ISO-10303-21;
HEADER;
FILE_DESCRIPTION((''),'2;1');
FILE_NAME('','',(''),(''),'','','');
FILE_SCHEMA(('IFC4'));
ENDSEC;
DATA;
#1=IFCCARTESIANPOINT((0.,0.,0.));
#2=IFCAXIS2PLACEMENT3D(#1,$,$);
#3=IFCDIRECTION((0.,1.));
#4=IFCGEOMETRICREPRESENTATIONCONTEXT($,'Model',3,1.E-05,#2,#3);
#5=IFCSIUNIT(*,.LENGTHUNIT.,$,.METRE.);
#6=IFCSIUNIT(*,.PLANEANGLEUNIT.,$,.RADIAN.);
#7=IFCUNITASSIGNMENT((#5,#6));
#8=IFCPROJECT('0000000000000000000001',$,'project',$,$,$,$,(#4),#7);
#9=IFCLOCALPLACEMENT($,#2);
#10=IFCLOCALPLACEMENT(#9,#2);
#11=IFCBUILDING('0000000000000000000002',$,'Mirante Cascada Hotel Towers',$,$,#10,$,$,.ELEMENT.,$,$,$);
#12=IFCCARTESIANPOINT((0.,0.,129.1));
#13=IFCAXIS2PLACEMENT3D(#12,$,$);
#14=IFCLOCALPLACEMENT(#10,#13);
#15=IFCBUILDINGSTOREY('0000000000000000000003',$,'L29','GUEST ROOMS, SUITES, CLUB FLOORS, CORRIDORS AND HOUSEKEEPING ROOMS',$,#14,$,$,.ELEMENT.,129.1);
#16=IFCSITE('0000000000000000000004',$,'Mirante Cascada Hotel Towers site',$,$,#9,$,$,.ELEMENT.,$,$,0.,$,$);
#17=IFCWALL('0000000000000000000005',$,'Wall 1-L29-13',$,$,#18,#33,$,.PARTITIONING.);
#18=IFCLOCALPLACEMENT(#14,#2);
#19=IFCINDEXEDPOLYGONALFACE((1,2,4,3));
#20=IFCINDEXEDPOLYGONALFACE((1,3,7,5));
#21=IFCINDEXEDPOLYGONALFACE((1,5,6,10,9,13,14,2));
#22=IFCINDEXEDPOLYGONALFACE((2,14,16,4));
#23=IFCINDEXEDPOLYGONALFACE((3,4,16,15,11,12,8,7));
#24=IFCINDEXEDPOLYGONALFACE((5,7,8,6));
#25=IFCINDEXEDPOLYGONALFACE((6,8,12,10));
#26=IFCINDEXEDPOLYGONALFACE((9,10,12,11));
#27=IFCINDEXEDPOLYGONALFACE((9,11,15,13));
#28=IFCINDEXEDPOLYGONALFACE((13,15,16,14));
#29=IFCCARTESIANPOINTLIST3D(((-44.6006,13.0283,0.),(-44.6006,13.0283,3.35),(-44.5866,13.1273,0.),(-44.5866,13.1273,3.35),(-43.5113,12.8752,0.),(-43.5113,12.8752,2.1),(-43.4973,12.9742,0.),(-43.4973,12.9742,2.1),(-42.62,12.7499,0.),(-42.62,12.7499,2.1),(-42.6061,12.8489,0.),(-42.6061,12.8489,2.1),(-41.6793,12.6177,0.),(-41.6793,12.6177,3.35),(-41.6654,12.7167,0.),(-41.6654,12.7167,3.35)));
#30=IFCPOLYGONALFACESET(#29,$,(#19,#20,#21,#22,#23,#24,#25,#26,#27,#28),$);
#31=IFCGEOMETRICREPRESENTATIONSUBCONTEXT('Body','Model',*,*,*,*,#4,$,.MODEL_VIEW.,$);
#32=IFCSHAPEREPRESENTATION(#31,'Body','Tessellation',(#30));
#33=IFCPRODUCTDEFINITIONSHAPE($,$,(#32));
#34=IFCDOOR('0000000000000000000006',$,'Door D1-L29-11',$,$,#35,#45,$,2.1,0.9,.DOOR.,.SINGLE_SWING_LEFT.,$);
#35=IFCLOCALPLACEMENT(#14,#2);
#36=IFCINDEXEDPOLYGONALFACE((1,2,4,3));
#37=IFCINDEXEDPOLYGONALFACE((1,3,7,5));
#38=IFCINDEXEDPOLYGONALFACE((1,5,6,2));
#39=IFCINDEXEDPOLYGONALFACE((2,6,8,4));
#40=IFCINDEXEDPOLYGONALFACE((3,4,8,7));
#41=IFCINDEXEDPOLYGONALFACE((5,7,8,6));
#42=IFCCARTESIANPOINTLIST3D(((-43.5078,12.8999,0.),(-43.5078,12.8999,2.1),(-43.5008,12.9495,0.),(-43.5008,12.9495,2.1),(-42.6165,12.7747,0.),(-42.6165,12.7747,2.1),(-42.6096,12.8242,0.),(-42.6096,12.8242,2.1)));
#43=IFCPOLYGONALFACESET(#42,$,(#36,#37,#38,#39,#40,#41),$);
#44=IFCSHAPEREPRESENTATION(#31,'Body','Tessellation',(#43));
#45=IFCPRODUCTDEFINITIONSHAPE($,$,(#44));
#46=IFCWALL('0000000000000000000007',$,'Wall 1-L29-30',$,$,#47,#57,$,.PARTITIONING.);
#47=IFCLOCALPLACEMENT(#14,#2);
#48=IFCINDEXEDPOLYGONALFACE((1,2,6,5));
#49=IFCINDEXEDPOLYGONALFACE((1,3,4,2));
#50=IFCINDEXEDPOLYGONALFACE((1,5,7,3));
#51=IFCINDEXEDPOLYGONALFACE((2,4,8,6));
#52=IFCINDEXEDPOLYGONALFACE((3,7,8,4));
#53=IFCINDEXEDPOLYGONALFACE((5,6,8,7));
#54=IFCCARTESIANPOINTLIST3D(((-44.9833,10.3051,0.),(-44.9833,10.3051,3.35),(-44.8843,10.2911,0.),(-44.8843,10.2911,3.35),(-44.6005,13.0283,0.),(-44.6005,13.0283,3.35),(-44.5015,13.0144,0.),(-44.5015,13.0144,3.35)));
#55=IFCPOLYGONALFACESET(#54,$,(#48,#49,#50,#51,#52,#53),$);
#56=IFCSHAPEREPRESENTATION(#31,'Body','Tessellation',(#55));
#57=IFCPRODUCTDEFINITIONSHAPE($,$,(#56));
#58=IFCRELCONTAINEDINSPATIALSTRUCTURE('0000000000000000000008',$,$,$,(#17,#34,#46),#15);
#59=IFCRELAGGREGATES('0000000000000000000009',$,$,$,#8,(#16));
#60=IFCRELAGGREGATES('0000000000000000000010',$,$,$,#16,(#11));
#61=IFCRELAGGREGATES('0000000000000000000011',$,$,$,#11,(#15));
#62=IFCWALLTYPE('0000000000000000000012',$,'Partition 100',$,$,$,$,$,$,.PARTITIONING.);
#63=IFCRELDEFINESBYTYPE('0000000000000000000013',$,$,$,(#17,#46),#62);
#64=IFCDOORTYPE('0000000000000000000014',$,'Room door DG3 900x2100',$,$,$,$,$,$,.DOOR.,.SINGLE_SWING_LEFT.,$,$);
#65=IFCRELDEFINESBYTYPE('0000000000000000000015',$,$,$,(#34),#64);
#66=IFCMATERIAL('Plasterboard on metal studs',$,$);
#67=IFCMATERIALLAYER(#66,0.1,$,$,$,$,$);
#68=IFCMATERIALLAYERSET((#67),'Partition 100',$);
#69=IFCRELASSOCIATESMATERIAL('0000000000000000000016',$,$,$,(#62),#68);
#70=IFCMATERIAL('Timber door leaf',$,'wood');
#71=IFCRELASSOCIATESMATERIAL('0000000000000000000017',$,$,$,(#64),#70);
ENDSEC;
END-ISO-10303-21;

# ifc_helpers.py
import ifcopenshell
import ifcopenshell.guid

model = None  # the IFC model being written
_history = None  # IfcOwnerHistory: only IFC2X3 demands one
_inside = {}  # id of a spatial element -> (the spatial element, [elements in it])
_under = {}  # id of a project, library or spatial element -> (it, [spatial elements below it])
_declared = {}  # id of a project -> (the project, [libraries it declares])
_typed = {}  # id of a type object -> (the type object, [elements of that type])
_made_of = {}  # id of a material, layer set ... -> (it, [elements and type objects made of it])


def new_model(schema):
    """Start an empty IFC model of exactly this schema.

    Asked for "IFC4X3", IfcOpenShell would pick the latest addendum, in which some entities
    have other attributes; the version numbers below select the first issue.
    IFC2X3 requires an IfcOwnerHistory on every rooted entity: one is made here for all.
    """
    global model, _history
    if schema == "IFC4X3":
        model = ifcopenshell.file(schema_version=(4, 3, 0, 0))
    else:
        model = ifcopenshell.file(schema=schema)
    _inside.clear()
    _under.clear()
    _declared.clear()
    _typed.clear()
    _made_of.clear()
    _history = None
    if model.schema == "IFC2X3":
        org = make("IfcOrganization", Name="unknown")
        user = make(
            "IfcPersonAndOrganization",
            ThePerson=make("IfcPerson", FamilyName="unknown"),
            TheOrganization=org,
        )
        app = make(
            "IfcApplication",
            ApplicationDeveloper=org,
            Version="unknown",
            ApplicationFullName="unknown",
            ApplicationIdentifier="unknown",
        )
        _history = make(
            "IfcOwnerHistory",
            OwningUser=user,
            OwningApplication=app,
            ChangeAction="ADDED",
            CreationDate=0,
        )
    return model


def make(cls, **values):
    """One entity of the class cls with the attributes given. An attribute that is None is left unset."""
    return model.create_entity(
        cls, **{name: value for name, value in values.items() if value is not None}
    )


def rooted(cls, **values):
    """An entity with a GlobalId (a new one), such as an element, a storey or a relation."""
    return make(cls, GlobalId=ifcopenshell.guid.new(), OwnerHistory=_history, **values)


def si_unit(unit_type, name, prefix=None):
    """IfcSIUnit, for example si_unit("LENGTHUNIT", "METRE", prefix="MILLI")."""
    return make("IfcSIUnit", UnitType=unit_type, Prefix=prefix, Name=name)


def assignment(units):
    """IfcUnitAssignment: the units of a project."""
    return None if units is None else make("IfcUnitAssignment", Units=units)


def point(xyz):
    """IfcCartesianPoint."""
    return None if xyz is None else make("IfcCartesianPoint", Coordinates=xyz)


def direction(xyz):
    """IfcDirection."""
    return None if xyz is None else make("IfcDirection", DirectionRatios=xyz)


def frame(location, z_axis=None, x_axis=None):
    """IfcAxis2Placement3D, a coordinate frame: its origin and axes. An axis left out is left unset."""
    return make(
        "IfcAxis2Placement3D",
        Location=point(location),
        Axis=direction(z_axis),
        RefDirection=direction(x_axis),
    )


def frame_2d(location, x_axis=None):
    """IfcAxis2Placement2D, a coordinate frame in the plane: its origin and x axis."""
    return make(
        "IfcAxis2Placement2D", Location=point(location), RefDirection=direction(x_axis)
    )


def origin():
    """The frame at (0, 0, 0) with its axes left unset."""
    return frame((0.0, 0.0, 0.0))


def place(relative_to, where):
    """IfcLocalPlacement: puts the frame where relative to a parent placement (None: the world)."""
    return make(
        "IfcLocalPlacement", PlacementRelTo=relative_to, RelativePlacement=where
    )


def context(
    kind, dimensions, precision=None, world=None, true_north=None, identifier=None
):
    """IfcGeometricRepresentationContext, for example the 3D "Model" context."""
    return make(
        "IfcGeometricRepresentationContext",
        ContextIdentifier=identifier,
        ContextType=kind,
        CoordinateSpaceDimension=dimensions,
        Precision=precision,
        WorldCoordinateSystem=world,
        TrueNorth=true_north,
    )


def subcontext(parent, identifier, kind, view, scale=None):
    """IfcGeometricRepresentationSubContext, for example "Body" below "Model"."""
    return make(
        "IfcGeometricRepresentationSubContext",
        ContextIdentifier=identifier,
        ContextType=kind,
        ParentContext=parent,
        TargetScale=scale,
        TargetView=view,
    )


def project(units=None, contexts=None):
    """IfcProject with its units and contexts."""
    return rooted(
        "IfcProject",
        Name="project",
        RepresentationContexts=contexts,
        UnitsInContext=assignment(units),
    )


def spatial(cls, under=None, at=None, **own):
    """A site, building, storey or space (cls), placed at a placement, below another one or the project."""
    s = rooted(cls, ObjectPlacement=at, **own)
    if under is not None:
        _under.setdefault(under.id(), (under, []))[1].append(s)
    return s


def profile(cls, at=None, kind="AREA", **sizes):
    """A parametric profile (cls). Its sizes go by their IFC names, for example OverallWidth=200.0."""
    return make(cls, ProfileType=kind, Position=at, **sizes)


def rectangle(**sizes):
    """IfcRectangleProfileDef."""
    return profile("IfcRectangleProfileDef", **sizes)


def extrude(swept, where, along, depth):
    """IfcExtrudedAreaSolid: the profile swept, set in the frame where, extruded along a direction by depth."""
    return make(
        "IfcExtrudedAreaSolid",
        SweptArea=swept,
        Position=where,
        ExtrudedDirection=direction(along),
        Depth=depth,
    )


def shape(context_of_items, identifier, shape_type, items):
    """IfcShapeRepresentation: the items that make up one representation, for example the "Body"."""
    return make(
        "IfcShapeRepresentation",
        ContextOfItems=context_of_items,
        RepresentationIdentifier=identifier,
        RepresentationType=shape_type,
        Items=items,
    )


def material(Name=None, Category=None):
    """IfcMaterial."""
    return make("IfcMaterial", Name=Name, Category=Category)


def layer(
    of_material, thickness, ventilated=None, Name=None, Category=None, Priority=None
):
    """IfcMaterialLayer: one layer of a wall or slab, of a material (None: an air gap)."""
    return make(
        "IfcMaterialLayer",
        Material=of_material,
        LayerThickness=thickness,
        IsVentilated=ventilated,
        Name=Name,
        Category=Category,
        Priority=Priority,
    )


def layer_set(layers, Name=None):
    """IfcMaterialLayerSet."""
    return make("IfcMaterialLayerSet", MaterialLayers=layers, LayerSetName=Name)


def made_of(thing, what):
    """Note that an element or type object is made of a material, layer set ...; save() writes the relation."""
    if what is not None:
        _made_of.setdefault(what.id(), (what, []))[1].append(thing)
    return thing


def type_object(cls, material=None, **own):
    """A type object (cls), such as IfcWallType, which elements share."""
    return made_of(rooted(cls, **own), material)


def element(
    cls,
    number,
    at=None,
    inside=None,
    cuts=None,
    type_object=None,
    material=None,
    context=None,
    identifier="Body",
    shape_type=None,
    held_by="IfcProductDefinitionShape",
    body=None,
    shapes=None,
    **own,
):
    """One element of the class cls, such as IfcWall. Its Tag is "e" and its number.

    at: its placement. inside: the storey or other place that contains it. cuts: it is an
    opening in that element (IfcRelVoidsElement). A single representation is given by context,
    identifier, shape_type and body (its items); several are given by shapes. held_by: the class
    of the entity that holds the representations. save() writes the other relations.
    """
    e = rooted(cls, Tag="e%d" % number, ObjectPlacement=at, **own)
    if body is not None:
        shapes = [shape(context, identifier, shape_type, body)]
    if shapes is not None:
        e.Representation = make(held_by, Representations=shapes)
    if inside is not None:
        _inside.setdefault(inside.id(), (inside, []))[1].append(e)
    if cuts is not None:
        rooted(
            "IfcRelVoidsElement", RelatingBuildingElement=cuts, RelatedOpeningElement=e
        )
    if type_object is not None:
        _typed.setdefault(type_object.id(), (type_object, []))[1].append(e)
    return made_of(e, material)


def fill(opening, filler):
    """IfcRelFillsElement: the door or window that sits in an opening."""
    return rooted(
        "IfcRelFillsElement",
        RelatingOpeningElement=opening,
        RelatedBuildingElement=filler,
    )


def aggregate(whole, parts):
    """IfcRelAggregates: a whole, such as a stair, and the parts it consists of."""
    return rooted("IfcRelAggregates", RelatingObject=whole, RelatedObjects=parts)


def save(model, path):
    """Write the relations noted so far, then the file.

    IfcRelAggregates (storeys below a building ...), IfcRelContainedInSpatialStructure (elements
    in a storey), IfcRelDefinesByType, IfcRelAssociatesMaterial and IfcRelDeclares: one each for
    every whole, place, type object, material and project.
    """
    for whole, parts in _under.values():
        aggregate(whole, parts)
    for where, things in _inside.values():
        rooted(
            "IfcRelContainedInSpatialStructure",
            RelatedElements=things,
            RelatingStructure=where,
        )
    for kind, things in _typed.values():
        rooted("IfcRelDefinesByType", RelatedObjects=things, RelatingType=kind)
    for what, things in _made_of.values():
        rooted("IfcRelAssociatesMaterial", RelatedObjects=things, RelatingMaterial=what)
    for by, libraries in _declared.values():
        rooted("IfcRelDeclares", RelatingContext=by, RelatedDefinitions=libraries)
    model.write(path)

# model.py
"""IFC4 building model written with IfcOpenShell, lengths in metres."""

from ifc_helpers import new_model, si_unit, direction, frame, frame_2d, origin, place, context, subcontext, project, spatial, rectangle, extrude, material, layer, layer_set, type_object, element, fill, save


model = new_model("IFC4")

# Units and contexts
model_context = context("Model", 3, precision=1e-05, world=origin(), true_north=direction((0.0, 1.0)))
body_context = subcontext(model_context, "Body", "Model", "MODEL_VIEW")
ifc_project = project(units=[si_unit("LENGTHUNIT", "METRE"), si_unit("PLANEANGLEUNIT", "RADIAN")], contexts=[model_context])

# Site, building, storey
site_placement = place(None, origin())
site = spatial("IfcSite", under=ifc_project, at=site_placement, Name="Mirante Cascada Hotel Towers site", CompositionType="ELEMENT", RefElevation=0.0)
building_placement = place(site_placement, origin())
building = spatial("IfcBuilding", under=site, at=building_placement, Name="Mirante Cascada Hotel Towers", CompositionType="ELEMENT")
storey_placement = place(building_placement, frame((0.0, 0.0, 129.1)))
storey = spatial("IfcBuildingStorey", under=building, at=storey_placement, Name="L29", Description="GUEST ROOMS, SUITES, CLUB FLOORS, CORRIDORS AND HOUSEKEEPING ROOMS", CompositionType="ELEMENT", Elevation=129.1)

# Wall, opening, door
ifc_material_1 = material(Name="Plasterboard on metal studs")
ifc_layer_1 = layer(ifc_material_1, 0.1)
ifc_layer_set_1 = layer_set([ifc_layer_1], Name="Partition 100")
wall_type_1 = type_object("IfcWallType", Name="Partition 100", PredefinedType="PARTITIONING", material=ifc_layer_set_1)
wall_1_placement = place(storey_placement, frame((-44.5936, 13.0778, 0.0), z_axis=(0.0, 0.0, 1.0), x_axis=(0.990266, -0.139186, 0.0)))
wall_1 = element("IfcWall", 1, at=wall_1_placement, inside=storey, type_object=wall_type_1, Name="Wall 1-L29-13", PredefinedType="PARTITIONING", context=body_context, shape_type="SweptSolid", body=[
    extrude(rectangle(XDim=2.95, YDim=0.1, at=frame_2d((1.475, 0.0))), origin(), (0.0, 0.0, 1.0), 3.35),
])
opening_placement = place(wall_1_placement, frame((1.1, 0.0, 0.0)))
opening = element("IfcOpeningElement", 2, at=opening_placement, cuts=wall_1, PredefinedType="OPENING", context=body_context, shape_type="SweptSolid", body=[
    extrude(rectangle(XDim=0.9, YDim=2.1, at=frame_2d((0.45, 1.05))), frame((0.0, 0.05, 0.0), z_axis=(0.0, -1.0, 0.0), x_axis=(1.0, 0.0, 0.0)), (0.0, 0.0, 1.0), 0.1),
])
ifc_material_2 = material(Name="Timber door leaf", Category="wood")
door_type = type_object("IfcDoorType", Name="Room door DG3 900x2100", OperationType="SINGLE_SWING_LEFT", PredefinedType="DOOR", material=ifc_material_2)
door_placement = place(opening_placement, origin())
door = element("IfcDoor", 3, at=door_placement, inside=storey, type_object=door_type, Name="Door D1-L29-11", OperationType="SINGLE_SWING_LEFT", OverallHeight=2.1, OverallWidth=0.9, PredefinedType="DOOR", context=body_context, shape_type="SweptSolid", body=[
    extrude(rectangle(XDim=0.9, YDim=2.1, at=frame_2d((0.45, 1.05))), frame((0.0, 0.025, 0.0), z_axis=(0.0, -1.0, 0.0), x_axis=(1.0, 0.0, 0.0)), (0.0, 0.0, 1.0), 0.05),
])
fill(opening, door)

# Wall
wall_2_placement = place(storey_placement, frame((-44.9338, 10.2981, 0.0), z_axis=(0.0, 0.0, 1.0), x_axis=(0.139201, 0.990264, 0.0)))
element("IfcWall", 4, at=wall_2_placement, inside=storey, type_object=wall_type_1, Name="Wall 1-L29-30", PredefinedType="PARTITIONING", context=body_context, shape_type="SweptSolid", body=[
    extrude(rectangle(XDim=2.75, YDim=0.1, at=frame_2d((1.375, 0.0))), origin(), (0.0, 0.0, 1.0), 3.35),
])

save(model, "model.ifc")
